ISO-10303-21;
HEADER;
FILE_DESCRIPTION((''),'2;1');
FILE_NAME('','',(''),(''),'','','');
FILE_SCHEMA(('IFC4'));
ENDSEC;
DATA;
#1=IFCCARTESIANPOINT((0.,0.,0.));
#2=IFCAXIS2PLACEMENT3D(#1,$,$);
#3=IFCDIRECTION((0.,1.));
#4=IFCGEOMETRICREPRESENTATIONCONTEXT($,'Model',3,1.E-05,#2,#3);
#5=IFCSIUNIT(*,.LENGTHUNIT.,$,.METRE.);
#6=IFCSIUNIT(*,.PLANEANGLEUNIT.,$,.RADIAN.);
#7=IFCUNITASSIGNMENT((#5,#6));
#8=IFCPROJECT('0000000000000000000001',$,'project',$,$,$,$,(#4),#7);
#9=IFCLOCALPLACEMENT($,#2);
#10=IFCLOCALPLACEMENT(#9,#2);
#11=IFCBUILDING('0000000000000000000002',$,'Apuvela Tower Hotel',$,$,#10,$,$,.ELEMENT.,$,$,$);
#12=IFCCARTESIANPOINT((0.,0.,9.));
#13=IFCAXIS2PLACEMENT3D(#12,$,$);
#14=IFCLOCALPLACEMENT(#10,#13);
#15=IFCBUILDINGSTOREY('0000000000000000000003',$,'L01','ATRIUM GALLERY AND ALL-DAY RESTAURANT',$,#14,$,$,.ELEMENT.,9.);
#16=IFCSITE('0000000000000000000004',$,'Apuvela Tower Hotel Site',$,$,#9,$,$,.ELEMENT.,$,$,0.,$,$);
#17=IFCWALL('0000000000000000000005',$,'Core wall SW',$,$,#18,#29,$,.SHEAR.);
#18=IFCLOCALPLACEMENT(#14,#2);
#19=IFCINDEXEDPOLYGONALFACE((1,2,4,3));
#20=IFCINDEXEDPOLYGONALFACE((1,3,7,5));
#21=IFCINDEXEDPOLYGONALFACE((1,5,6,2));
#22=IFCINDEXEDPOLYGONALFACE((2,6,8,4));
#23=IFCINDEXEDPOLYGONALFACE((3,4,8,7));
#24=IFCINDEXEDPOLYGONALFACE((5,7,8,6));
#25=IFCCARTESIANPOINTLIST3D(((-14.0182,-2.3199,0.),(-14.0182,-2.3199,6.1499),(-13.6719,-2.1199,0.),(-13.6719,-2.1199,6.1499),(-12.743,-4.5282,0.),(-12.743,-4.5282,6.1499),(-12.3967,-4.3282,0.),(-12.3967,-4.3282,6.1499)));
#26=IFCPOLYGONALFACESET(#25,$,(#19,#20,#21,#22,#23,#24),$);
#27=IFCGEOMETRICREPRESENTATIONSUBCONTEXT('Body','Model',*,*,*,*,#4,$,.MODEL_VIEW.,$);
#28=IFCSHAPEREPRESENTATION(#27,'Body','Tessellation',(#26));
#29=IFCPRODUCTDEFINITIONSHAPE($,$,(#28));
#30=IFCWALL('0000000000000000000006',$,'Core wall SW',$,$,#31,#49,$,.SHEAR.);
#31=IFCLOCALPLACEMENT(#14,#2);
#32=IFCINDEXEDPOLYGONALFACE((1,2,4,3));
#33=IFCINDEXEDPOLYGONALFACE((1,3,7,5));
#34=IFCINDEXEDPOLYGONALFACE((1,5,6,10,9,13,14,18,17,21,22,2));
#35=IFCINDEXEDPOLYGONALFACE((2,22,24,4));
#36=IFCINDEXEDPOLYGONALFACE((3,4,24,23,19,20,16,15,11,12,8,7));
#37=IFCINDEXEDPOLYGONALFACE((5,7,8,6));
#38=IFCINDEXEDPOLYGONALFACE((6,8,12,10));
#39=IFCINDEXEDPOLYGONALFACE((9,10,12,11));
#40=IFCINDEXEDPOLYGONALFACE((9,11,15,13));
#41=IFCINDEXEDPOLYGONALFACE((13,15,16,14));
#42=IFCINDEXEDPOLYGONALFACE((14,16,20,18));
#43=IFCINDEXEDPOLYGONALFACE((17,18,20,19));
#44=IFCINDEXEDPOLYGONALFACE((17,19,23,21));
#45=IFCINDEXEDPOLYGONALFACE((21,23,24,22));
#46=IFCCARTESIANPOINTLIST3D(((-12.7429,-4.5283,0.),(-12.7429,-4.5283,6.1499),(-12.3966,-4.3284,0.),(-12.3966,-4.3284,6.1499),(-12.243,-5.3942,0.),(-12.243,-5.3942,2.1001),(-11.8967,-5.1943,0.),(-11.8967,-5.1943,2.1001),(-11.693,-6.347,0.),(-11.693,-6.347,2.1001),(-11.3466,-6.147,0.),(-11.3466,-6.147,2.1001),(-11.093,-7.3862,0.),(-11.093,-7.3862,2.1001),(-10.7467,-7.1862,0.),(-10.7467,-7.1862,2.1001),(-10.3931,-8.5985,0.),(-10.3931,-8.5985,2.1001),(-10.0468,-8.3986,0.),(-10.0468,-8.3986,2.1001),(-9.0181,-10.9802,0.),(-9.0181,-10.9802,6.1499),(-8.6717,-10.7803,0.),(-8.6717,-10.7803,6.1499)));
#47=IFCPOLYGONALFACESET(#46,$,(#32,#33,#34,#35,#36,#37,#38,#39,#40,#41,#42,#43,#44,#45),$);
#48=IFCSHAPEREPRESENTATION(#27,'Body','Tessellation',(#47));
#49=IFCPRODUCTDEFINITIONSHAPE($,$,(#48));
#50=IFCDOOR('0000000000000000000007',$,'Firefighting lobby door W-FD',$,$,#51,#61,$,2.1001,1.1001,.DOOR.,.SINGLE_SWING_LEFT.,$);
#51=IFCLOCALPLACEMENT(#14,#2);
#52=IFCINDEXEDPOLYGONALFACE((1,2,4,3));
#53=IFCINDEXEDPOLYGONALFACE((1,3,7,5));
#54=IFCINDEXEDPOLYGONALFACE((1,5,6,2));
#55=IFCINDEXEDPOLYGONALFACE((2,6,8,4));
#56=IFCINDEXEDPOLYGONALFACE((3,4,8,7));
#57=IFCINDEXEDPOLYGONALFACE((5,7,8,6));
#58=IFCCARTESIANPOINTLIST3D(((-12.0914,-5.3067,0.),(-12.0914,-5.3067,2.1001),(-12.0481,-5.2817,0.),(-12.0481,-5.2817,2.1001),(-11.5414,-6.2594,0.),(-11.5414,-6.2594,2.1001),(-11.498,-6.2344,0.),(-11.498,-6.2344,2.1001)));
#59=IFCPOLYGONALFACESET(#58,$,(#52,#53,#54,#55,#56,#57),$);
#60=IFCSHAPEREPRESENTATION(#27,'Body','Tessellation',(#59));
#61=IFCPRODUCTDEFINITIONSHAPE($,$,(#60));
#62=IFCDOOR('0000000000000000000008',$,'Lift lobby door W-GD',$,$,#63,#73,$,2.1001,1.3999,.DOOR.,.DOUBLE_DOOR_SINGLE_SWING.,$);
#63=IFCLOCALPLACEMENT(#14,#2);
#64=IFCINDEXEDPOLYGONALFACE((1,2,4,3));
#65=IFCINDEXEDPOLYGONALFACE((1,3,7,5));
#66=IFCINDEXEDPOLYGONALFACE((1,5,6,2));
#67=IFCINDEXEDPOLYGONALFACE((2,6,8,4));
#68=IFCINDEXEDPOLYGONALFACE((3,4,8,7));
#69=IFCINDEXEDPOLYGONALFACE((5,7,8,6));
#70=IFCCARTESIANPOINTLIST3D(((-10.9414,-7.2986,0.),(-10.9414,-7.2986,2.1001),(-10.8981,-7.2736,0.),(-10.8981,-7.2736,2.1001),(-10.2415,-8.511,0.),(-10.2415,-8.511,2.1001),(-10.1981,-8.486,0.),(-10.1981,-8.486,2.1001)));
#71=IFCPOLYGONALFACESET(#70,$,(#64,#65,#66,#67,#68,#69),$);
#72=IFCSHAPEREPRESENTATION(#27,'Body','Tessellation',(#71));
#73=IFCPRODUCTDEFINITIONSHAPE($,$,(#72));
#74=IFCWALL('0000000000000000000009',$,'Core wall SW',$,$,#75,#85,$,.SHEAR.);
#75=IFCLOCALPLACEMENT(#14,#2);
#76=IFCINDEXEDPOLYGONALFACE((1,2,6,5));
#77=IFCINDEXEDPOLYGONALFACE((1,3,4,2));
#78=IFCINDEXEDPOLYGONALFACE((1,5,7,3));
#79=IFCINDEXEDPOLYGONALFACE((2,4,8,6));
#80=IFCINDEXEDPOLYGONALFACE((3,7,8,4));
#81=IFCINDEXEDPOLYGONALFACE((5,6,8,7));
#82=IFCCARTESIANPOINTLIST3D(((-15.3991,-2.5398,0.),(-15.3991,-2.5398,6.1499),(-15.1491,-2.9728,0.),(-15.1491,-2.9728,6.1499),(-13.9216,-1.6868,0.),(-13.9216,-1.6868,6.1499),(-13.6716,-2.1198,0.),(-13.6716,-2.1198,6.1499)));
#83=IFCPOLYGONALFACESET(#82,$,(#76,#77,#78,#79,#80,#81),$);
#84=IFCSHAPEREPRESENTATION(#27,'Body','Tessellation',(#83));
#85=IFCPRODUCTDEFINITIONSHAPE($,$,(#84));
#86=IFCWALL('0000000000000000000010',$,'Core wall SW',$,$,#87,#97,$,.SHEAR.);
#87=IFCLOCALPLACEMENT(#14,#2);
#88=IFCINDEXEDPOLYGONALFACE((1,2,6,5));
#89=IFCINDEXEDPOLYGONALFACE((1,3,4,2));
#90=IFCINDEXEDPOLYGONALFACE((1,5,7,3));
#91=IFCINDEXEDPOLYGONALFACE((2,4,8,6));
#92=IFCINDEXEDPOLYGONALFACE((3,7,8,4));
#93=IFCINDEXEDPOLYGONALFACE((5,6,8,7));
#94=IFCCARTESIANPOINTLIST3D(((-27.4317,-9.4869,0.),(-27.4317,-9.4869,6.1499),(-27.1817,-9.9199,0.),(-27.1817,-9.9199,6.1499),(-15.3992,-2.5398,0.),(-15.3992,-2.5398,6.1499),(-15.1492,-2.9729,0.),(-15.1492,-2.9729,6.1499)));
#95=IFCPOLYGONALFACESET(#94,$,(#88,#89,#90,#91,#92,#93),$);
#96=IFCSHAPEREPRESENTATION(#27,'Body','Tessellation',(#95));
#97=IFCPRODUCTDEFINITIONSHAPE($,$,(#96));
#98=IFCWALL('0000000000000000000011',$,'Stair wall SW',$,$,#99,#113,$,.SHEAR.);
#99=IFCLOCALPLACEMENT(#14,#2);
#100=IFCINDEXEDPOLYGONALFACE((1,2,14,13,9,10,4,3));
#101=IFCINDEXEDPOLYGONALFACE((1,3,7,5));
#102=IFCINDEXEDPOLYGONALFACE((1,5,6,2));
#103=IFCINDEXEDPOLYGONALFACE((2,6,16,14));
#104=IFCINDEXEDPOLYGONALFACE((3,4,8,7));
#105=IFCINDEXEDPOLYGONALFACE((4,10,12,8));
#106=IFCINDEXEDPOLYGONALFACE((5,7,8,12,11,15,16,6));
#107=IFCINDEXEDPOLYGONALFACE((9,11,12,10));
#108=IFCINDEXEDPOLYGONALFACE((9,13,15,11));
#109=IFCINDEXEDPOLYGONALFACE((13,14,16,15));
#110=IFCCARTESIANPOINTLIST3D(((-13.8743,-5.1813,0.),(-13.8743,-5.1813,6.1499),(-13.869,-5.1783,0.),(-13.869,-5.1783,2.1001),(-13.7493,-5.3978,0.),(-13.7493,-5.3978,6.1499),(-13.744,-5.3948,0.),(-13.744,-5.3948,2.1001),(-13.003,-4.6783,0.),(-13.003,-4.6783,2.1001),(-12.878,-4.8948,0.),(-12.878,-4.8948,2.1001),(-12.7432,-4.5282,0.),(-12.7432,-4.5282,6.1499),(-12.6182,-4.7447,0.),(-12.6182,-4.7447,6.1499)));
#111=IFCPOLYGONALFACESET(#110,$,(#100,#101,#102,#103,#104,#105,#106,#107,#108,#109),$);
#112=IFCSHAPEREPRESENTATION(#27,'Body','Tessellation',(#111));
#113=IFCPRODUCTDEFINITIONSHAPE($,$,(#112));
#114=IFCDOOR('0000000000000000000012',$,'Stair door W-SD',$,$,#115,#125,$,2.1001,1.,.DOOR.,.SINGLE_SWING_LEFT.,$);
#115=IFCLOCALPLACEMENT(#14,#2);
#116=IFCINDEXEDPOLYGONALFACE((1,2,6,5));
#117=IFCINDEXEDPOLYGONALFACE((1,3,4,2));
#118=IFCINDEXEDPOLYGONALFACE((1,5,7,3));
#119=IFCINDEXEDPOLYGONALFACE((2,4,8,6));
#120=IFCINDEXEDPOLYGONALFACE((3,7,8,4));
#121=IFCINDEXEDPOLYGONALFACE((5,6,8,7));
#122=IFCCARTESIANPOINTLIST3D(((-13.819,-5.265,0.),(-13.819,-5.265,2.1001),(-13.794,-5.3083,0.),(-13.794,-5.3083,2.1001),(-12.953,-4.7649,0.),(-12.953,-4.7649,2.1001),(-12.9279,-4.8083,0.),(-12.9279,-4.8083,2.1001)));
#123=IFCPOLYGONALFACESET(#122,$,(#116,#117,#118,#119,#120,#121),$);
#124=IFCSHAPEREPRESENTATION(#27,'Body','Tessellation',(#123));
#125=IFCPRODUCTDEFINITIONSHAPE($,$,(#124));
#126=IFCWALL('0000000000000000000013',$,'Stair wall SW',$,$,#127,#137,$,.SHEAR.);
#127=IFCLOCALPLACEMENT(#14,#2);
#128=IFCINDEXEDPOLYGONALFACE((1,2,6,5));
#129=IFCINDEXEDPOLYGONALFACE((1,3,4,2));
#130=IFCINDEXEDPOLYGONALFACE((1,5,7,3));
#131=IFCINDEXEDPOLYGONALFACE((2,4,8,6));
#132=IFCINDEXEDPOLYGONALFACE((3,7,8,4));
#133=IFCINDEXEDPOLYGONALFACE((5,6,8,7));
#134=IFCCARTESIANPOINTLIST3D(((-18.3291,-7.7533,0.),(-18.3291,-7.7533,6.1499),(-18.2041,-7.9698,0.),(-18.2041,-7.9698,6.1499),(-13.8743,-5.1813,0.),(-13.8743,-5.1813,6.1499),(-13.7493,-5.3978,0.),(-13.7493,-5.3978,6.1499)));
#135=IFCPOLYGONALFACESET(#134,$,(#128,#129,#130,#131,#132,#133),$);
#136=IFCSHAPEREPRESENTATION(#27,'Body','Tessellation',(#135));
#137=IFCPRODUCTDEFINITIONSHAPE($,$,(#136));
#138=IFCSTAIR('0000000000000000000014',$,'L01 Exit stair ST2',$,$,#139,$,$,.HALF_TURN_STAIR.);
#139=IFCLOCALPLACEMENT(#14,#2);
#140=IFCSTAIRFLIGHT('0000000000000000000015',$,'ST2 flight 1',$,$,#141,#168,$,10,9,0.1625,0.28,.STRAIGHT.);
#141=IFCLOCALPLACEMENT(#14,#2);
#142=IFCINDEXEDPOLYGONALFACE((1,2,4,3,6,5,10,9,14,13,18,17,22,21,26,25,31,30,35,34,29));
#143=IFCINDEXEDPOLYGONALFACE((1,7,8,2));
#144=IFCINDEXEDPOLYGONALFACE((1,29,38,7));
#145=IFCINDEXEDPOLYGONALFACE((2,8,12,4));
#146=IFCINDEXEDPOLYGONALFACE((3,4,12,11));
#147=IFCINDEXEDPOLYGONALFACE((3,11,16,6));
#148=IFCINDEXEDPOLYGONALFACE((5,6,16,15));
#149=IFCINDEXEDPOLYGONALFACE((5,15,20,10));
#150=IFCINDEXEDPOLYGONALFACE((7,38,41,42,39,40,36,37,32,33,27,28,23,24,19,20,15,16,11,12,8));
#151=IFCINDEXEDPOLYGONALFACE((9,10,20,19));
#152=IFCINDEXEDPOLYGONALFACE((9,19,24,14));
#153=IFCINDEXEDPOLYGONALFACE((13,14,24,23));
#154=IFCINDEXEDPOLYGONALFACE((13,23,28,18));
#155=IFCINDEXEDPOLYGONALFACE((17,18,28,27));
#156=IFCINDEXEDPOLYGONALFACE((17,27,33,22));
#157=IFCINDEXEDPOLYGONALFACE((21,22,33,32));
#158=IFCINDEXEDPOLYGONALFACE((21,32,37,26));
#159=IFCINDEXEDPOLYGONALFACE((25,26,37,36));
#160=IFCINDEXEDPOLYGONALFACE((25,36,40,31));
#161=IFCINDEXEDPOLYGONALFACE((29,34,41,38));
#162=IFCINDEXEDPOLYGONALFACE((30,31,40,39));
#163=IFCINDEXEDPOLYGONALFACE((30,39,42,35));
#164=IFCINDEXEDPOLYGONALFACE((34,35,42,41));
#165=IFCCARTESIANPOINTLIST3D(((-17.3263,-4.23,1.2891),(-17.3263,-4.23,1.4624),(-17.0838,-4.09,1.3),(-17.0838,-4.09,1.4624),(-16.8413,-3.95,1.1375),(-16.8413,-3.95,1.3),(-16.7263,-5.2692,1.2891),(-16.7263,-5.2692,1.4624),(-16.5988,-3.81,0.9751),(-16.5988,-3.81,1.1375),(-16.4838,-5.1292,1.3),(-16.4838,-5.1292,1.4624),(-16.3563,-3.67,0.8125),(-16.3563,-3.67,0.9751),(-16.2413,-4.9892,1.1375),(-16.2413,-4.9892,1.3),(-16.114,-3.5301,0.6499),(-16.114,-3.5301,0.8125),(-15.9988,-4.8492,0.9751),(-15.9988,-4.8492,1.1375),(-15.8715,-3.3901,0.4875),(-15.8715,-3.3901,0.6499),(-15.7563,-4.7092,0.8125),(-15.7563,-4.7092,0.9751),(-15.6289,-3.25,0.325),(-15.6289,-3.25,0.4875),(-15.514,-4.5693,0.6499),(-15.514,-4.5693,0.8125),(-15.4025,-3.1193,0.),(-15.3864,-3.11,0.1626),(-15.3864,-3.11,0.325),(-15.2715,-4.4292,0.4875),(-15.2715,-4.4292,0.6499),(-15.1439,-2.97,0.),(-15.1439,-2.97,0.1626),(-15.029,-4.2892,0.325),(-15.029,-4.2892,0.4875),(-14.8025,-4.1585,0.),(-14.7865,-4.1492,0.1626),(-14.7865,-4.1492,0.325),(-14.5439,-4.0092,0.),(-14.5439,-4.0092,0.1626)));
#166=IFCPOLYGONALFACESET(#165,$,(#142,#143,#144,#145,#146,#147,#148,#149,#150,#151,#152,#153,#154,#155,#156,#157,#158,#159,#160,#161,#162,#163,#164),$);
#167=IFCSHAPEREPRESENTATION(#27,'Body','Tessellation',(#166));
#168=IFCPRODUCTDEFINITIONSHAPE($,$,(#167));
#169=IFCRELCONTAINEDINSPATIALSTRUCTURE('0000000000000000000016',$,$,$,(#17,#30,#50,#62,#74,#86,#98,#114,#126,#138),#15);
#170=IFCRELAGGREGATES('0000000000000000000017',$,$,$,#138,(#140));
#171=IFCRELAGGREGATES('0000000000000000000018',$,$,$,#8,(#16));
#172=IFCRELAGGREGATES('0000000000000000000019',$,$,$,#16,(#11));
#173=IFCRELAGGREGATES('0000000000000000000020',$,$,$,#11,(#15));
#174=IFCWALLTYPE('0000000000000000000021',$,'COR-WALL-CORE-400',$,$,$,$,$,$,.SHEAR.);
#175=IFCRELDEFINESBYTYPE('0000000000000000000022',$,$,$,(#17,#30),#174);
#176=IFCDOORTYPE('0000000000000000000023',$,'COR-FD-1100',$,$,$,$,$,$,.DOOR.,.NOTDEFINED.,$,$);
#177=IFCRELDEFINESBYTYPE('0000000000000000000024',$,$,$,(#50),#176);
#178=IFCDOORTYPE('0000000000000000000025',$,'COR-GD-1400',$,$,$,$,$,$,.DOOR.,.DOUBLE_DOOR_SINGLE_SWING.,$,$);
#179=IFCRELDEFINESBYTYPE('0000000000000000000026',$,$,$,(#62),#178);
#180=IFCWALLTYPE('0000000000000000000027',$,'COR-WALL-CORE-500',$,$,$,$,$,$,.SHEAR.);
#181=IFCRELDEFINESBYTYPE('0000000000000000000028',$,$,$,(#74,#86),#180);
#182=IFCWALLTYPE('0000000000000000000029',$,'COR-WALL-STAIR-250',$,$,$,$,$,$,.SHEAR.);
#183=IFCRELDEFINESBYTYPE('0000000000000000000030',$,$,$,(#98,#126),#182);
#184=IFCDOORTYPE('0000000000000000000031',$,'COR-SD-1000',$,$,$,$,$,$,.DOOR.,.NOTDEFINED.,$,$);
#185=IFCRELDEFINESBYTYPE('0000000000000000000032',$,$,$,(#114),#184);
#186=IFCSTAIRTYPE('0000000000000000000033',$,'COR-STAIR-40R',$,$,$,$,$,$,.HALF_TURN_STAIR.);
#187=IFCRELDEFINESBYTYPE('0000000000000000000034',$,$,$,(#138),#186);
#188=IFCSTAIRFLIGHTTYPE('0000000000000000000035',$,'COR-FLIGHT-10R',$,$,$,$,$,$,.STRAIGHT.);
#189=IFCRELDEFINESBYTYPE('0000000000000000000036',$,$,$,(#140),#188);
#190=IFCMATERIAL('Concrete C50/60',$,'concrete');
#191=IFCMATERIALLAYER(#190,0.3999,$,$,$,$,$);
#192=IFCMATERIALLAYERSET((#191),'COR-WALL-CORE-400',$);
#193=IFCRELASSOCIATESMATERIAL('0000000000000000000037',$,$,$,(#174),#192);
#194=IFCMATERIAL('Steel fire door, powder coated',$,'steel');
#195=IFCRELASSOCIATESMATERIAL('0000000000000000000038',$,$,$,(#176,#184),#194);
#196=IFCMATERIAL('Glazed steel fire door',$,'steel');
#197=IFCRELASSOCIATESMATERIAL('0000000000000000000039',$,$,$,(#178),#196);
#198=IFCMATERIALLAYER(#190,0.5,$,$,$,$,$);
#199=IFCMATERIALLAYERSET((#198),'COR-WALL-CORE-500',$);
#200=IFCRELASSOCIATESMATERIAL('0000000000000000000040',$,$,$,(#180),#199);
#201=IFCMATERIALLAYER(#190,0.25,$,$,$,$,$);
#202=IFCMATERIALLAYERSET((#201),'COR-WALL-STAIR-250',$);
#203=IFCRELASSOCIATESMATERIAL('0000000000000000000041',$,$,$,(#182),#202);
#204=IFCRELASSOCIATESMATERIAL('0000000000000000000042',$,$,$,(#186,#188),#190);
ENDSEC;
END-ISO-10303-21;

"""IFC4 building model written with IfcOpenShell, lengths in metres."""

from ifc_helpers import new_model, si_unit, direction, frame, frame_2d, origin, place, context, subcontext, project, spatial, polyline, rectangle, outline, extrude, material, layer, layer_set, type_object, element, fill, aggregate, save


model = new_model("IFC4")

# Units and contexts
model_context = context("Model", 3, precision=1e-05, world=origin(), true_north=direction((0.0, 1.0)))
body_context = subcontext(model_context, "Body", "Model", "MODEL_VIEW")
ifc_project = project(units=[si_unit("LENGTHUNIT", "METRE"), si_unit("PLANEANGLEUNIT", "RADIAN")], contexts=[model_context])

# Site, building, storey
site_placement = place(None, origin())
site = spatial("IfcSite", under=ifc_project, at=site_placement, Name="Apuvela Tower Hotel Site", CompositionType="ELEMENT", RefElevation=0.0)
building_placement = place(site_placement, origin())
building = spatial("IfcBuilding", under=site, at=building_placement, Name="Apuvela Tower Hotel", CompositionType="ELEMENT")
storey_placement = place(building_placement, frame((0.0, 0.0, 9.0)))
storey = spatial("IfcBuildingStorey", under=building, at=storey_placement, Name="L01", Description="ATRIUM GALLERY AND ALL-DAY RESTAURANT", CompositionType="ELEMENT", Elevation=9.0)

# Wall
ifc_material_1 = material(Name="Concrete C50/60", Category="concrete")
ifc_layer_1 = layer(ifc_material_1, 0.3999)
ifc_layer_set_1 = layer_set([ifc_layer_1], Name="COR-WALL-CORE-400")
wall_type_1 = type_object("IfcWallType", Name="COR-WALL-CORE-400", PredefinedType="SHEAR", material=ifc_layer_set_1)
wall_1_placement = place(storey_placement, frame((-13.845, -2.22, 0.0), z_axis=(0.0, 0.0, 1.0), x_axis=(0.500062, -0.865989, 0.0)))
element("IfcWall", 1, at=wall_1_placement, inside=storey, type_object=wall_type_1, Name="Core wall SW", PredefinedType="SHEAR", context=body_context, shape_type="SweptSolid", body=[
    extrude(rectangle(XDim=2.55, YDim=0.3999, at=frame_2d((1.2749, 0.0))), origin(), (0.0, 0.0, 1.0), 6.1499),
])

# Wall, openings, doors
wall_2_placement = place(storey_placement, frame((-12.5698, -4.4282, 0.0), z_axis=(0.0, 0.0, 1.0), x_axis=(0.499984, -0.866034, 0.0)))
wall_2 = element("IfcWall", 2, at=wall_2_placement, inside=storey, type_object=wall_type_1, Name="Core wall SW", PredefinedType="SHEAR", context=body_context, shape_type="SweptSolid", body=[
    extrude(rectangle(XDim=7.45, YDim=0.3999, at=frame_2d((3.7251, 0.0))), origin(), (0.0, 0.0, 1.0), 6.1499),
])
opening_1_placement = place(wall_2_placement, frame((1.0, 0.0, 0.0)))
opening_1 = element("IfcOpeningElement", 3, at=opening_1_placement, cuts=wall_2, PredefinedType="OPENING", context=body_context, shape_type="SweptSolid", body=[
    extrude(rectangle(XDim=1.1001, YDim=2.1001, at=frame_2d((0.55, 1.05))), frame((0.0, 0.21, 0.0), z_axis=(0.0, -1.0, 0.0), x_axis=(1.0, 0.0, 0.0)), (0.0, 0.0, 1.0), 0.4199),
])
opening_2_placement = place(wall_2_placement, frame((3.3, 0.0, 0.0)))
opening_2 = element("IfcOpeningElement", 4, at=opening_2_placement, cuts=wall_2, PredefinedType="OPENING", context=body_context, shape_type="SweptSolid", body=[
    extrude(rectangle(XDim=1.3999, YDim=2.1001, at=frame_2d((0.7, 1.05))), frame((0.0, 0.21, 0.0), z_axis=(0.0, -1.0, 0.0), x_axis=(1.0, 0.0, 0.0)), (0.0, 0.0, 1.0), 0.4199),
])
ifc_material_2 = material(Name="Steel fire door, powder coated", Category="steel")
door_type_1 = type_object("IfcDoorType", Name="COR-FD-1100", OperationType="NOTDEFINED", PredefinedType="DOOR", material=ifc_material_2)
door_1_placement = place(opening_1_placement, frame((1.1001, 0.0, 0.0), z_axis=(0.0, 0.0, 1.0), x_axis=(-1.0, 0.0, 0.0)))
door_1 = element("IfcDoor", 5, at=door_1_placement, inside=storey, type_object=door_type_1, Name="Firefighting lobby door W-FD", OperationType="SINGLE_SWING_LEFT", OverallHeight=2.1001, OverallWidth=1.1001, PredefinedType="DOOR", context=body_context, shape_type="SweptSolid", body=[
    extrude(rectangle(XDim=1.1001, YDim=2.1001, at=frame_2d((0.55, 1.05))), frame((0.0, 0.0249, 0.0), z_axis=(0.0, -1.0, 0.0), x_axis=(1.0, 0.0, 0.0)), (0.0, 0.0, 1.0), 0.05),
])
fill(opening_1, door_1)
ifc_material_3 = material(Name="Glazed steel fire door", Category="steel")
door_type_2 = type_object("IfcDoorType", Name="COR-GD-1400", OperationType="DOUBLE_DOOR_SINGLE_SWING", PredefinedType="DOOR", material=ifc_material_3)
door_2_placement = place(opening_2_placement, frame((1.3999, 0.0, 0.0), z_axis=(0.0, 0.0, 1.0), x_axis=(-1.0, 0.0, 0.0)))
door_2 = element("IfcDoor", 6, at=door_2_placement, inside=storey, type_object=door_type_2, Name="Lift lobby door W-GD", OperationType="DOUBLE_DOOR_SINGLE_SWING", OverallHeight=2.1001, OverallWidth=1.3999, PredefinedType="DOOR", context=body_context, shape_type="SweptSolid", body=[
    extrude(rectangle(XDim=1.3999, YDim=2.1001, at=frame_2d((0.7, 1.05))), frame((0.0, 0.0249, 0.0), z_axis=(0.0, -1.0, 0.0), x_axis=(1.0, 0.0, 0.0)), (0.0, 0.0, 1.0), 0.05),
])
fill(opening_2, door_2)

# Walls
ifc_layer_2 = layer(ifc_material_1, 0.5)
ifc_layer_set_2 = layer_set([ifc_layer_2], Name="COR-WALL-CORE-500")
wall_type_2 = type_object("IfcWallType", Name="COR-WALL-CORE-500", PredefinedType="SHEAR", material=ifc_layer_set_2)
wall_3_placement = place(storey_placement, frame((-13.7966, -1.9033, 0.0), z_axis=(0.0, 0.0, 1.0), x_axis=(-0.866033, -0.499987, 0.0)))
element("IfcWall", 7, at=wall_3_placement, inside=storey, type_object=wall_type_2, Name="Core wall SW", PredefinedType="SHEAR", context=body_context, shape_type="SweptSolid", body=[
    extrude(rectangle(XDim=1.7061, YDim=0.5, at=frame_2d((0.853, 0.0))), origin(), (0.0, 0.0, 1.0), 6.1499),
])
wall_4_placement = place(storey_placement, frame((-15.2742, -2.7563, 0.0), z_axis=(0.0, 0.0, 1.0), x_axis=(-0.866023, -0.500004, 0.0)))
element("IfcWall", 8, at=wall_4_placement, inside=storey, type_object=wall_type_2, Name="Core wall SW", PredefinedType="SHEAR", context=body_context, shape_type="SweptSolid", body=[
    extrude(rectangle(XDim=13.894, YDim=0.5, at=frame_2d((6.947, 0.0))), origin(), (0.0, 0.0, 1.0), 6.1499),
])

# Wall, opening, door
ifc_layer_3 = layer(ifc_material_1, 0.25)
ifc_layer_set_3 = layer_set([ifc_layer_3], Name="COR-WALL-STAIR-250")
wall_type_3 = type_object("IfcWallType", Name="COR-WALL-STAIR-250", PredefinedType="SHEAR", material=ifc_layer_set_3)
wall_5_placement = place(storey_placement, frame((-12.6807, -4.6365, 0.0), z_axis=(0.0, 0.0, 1.0), x_axis=(-0.866014, -0.500019, 0.0)))
wall_5 = element("IfcWall", 9, at=wall_5_placement, inside=storey, type_object=wall_type_3, Name="Stair wall SW", PredefinedType="SHEAR", context=body_context, shape_type="SweptSolid", body=[
    extrude(rectangle(XDim=1.3062, YDim=0.25, at=frame_2d((0.6531, 0.0))), origin(), (0.0, 0.0, 1.0), 6.1499),
])
opening_3_placement = place(wall_5_placement, frame((0.3, 0.0, 0.0)))
opening_3 = element("IfcOpeningElement", 10, at=opening_3_placement, cuts=wall_5, PredefinedType="OPENING", context=body_context, shape_type="SweptSolid", body=[
    extrude(rectangle(XDim=1.0, YDim=2.1001, at=frame_2d((0.5, 1.05))), frame((0.0, 0.135, 0.0), z_axis=(0.0, -1.0, 0.0), x_axis=(1.0, 0.0, 0.0)), (0.0, 0.0, 1.0), 0.27),
])
door_type_3 = type_object("IfcDoorType", Name="COR-SD-1000", OperationType="NOTDEFINED", PredefinedType="DOOR", material=ifc_material_2)
door_3_placement = place(opening_3_placement, frame((1.0, 0.0, 0.0), z_axis=(0.0, 0.0, 1.0), x_axis=(-1.0, 0.0, 0.0)))
door_3 = element("IfcDoor", 11, at=door_3_placement, inside=storey, type_object=door_type_3, Name="Stair door W-SD", OperationType="SINGLE_SWING_LEFT", OverallHeight=2.1001, OverallWidth=1.0, PredefinedType="DOOR", context=body_context, shape_type="SweptSolid", body=[
    extrude(rectangle(XDim=1.0, YDim=2.1001, at=frame_2d((0.5, 1.05))), frame((0.0, 0.0249, 0.0), z_axis=(0.0, -1.0, 0.0), x_axis=(1.0, 0.0, 0.0)), (0.0, 0.0, 1.0), 0.05),
])
fill(opening_3, door_3)

# Wall
wall_6_placement = place(storey_placement, frame((-13.8118, -5.2896, 0.0), z_axis=(0.0, 0.0, 1.0), x_axis=(-0.866024, -0.500003, 0.0)))
element("IfcWall", 12, at=wall_6_placement, inside=storey, type_object=wall_type_3, Name="Stair wall SW", PredefinedType="SHEAR", context=body_context, shape_type="SweptSolid", body=[
    extrude(rectangle(XDim=5.144, YDim=0.25, at=frame_2d((2.572, 0.0))), origin(), (0.0, 0.0, 1.0), 6.1499),
])

# Stair, stair flight
stair_type = type_object("IfcStairType", Name="COR-STAIR-40R", PredefinedType="HALF_TURN_STAIR", material=ifc_material_1)
stair_placement = place(storey_placement, origin())
stair = element("IfcStair", 13, at=stair_placement, inside=storey, type_object=stair_type, Name="L01 Exit stair ST2", PredefinedType="HALF_TURN_STAIR")
stair_flight_type = type_object("IfcStairFlightType", Name="COR-FLIGHT-10R", PredefinedType="STRAIGHT", material=ifc_material_1)
stair_flight_1_placement = place(storey_placement, frame((-14.844, -3.4895, 0.0), z_axis=(0.0, 0.0, 1.0), x_axis=(-0.866025, -0.5, 0.0)))
stair_flight_1 = element("IfcStairFlight", 14, at=stair_flight_1_placement, type_object=stair_flight_type, Name="ST2 flight 1", NumberOfRisers=10, NumberOfTreads=9, PredefinedType="STRAIGHT", RiserHeight=0.1625, TreadLength=0.28, context=body_context, shape_type="SweptSolid", body=[
    extrude(outline(polyline([(0.0, 0.0), (0.0, 0.1626), (0.28, 0.1626), (0.28, 0.325), (0.5601, 0.325), (0.5601, 0.4875), (0.8401, 0.4875), (0.8401, 0.6499), (1.1201, 0.6499), (1.1201, 0.8125), (1.3999, 0.8125), (1.3999, 0.9751), (1.6799, 0.9751), (1.6799, 1.1375), (1.96, 1.1375), (1.96, 1.3), (2.24, 1.3), (2.24, 1.4624), (2.52, 1.4624), (2.52, 1.625), (2.52, 1.2891), (0.2986, 0.0), (0.0, 0.0)])), frame((0.0, 0.6001, 0.0), z_axis=(0.0, -1.0, 0.0), x_axis=(1.0, 0.0, 0.0)), (0.0, 0.0, 1.0), 1.2),
])
aggregate(stair, [stair_flight_1])

save(model, "model.ifc")
